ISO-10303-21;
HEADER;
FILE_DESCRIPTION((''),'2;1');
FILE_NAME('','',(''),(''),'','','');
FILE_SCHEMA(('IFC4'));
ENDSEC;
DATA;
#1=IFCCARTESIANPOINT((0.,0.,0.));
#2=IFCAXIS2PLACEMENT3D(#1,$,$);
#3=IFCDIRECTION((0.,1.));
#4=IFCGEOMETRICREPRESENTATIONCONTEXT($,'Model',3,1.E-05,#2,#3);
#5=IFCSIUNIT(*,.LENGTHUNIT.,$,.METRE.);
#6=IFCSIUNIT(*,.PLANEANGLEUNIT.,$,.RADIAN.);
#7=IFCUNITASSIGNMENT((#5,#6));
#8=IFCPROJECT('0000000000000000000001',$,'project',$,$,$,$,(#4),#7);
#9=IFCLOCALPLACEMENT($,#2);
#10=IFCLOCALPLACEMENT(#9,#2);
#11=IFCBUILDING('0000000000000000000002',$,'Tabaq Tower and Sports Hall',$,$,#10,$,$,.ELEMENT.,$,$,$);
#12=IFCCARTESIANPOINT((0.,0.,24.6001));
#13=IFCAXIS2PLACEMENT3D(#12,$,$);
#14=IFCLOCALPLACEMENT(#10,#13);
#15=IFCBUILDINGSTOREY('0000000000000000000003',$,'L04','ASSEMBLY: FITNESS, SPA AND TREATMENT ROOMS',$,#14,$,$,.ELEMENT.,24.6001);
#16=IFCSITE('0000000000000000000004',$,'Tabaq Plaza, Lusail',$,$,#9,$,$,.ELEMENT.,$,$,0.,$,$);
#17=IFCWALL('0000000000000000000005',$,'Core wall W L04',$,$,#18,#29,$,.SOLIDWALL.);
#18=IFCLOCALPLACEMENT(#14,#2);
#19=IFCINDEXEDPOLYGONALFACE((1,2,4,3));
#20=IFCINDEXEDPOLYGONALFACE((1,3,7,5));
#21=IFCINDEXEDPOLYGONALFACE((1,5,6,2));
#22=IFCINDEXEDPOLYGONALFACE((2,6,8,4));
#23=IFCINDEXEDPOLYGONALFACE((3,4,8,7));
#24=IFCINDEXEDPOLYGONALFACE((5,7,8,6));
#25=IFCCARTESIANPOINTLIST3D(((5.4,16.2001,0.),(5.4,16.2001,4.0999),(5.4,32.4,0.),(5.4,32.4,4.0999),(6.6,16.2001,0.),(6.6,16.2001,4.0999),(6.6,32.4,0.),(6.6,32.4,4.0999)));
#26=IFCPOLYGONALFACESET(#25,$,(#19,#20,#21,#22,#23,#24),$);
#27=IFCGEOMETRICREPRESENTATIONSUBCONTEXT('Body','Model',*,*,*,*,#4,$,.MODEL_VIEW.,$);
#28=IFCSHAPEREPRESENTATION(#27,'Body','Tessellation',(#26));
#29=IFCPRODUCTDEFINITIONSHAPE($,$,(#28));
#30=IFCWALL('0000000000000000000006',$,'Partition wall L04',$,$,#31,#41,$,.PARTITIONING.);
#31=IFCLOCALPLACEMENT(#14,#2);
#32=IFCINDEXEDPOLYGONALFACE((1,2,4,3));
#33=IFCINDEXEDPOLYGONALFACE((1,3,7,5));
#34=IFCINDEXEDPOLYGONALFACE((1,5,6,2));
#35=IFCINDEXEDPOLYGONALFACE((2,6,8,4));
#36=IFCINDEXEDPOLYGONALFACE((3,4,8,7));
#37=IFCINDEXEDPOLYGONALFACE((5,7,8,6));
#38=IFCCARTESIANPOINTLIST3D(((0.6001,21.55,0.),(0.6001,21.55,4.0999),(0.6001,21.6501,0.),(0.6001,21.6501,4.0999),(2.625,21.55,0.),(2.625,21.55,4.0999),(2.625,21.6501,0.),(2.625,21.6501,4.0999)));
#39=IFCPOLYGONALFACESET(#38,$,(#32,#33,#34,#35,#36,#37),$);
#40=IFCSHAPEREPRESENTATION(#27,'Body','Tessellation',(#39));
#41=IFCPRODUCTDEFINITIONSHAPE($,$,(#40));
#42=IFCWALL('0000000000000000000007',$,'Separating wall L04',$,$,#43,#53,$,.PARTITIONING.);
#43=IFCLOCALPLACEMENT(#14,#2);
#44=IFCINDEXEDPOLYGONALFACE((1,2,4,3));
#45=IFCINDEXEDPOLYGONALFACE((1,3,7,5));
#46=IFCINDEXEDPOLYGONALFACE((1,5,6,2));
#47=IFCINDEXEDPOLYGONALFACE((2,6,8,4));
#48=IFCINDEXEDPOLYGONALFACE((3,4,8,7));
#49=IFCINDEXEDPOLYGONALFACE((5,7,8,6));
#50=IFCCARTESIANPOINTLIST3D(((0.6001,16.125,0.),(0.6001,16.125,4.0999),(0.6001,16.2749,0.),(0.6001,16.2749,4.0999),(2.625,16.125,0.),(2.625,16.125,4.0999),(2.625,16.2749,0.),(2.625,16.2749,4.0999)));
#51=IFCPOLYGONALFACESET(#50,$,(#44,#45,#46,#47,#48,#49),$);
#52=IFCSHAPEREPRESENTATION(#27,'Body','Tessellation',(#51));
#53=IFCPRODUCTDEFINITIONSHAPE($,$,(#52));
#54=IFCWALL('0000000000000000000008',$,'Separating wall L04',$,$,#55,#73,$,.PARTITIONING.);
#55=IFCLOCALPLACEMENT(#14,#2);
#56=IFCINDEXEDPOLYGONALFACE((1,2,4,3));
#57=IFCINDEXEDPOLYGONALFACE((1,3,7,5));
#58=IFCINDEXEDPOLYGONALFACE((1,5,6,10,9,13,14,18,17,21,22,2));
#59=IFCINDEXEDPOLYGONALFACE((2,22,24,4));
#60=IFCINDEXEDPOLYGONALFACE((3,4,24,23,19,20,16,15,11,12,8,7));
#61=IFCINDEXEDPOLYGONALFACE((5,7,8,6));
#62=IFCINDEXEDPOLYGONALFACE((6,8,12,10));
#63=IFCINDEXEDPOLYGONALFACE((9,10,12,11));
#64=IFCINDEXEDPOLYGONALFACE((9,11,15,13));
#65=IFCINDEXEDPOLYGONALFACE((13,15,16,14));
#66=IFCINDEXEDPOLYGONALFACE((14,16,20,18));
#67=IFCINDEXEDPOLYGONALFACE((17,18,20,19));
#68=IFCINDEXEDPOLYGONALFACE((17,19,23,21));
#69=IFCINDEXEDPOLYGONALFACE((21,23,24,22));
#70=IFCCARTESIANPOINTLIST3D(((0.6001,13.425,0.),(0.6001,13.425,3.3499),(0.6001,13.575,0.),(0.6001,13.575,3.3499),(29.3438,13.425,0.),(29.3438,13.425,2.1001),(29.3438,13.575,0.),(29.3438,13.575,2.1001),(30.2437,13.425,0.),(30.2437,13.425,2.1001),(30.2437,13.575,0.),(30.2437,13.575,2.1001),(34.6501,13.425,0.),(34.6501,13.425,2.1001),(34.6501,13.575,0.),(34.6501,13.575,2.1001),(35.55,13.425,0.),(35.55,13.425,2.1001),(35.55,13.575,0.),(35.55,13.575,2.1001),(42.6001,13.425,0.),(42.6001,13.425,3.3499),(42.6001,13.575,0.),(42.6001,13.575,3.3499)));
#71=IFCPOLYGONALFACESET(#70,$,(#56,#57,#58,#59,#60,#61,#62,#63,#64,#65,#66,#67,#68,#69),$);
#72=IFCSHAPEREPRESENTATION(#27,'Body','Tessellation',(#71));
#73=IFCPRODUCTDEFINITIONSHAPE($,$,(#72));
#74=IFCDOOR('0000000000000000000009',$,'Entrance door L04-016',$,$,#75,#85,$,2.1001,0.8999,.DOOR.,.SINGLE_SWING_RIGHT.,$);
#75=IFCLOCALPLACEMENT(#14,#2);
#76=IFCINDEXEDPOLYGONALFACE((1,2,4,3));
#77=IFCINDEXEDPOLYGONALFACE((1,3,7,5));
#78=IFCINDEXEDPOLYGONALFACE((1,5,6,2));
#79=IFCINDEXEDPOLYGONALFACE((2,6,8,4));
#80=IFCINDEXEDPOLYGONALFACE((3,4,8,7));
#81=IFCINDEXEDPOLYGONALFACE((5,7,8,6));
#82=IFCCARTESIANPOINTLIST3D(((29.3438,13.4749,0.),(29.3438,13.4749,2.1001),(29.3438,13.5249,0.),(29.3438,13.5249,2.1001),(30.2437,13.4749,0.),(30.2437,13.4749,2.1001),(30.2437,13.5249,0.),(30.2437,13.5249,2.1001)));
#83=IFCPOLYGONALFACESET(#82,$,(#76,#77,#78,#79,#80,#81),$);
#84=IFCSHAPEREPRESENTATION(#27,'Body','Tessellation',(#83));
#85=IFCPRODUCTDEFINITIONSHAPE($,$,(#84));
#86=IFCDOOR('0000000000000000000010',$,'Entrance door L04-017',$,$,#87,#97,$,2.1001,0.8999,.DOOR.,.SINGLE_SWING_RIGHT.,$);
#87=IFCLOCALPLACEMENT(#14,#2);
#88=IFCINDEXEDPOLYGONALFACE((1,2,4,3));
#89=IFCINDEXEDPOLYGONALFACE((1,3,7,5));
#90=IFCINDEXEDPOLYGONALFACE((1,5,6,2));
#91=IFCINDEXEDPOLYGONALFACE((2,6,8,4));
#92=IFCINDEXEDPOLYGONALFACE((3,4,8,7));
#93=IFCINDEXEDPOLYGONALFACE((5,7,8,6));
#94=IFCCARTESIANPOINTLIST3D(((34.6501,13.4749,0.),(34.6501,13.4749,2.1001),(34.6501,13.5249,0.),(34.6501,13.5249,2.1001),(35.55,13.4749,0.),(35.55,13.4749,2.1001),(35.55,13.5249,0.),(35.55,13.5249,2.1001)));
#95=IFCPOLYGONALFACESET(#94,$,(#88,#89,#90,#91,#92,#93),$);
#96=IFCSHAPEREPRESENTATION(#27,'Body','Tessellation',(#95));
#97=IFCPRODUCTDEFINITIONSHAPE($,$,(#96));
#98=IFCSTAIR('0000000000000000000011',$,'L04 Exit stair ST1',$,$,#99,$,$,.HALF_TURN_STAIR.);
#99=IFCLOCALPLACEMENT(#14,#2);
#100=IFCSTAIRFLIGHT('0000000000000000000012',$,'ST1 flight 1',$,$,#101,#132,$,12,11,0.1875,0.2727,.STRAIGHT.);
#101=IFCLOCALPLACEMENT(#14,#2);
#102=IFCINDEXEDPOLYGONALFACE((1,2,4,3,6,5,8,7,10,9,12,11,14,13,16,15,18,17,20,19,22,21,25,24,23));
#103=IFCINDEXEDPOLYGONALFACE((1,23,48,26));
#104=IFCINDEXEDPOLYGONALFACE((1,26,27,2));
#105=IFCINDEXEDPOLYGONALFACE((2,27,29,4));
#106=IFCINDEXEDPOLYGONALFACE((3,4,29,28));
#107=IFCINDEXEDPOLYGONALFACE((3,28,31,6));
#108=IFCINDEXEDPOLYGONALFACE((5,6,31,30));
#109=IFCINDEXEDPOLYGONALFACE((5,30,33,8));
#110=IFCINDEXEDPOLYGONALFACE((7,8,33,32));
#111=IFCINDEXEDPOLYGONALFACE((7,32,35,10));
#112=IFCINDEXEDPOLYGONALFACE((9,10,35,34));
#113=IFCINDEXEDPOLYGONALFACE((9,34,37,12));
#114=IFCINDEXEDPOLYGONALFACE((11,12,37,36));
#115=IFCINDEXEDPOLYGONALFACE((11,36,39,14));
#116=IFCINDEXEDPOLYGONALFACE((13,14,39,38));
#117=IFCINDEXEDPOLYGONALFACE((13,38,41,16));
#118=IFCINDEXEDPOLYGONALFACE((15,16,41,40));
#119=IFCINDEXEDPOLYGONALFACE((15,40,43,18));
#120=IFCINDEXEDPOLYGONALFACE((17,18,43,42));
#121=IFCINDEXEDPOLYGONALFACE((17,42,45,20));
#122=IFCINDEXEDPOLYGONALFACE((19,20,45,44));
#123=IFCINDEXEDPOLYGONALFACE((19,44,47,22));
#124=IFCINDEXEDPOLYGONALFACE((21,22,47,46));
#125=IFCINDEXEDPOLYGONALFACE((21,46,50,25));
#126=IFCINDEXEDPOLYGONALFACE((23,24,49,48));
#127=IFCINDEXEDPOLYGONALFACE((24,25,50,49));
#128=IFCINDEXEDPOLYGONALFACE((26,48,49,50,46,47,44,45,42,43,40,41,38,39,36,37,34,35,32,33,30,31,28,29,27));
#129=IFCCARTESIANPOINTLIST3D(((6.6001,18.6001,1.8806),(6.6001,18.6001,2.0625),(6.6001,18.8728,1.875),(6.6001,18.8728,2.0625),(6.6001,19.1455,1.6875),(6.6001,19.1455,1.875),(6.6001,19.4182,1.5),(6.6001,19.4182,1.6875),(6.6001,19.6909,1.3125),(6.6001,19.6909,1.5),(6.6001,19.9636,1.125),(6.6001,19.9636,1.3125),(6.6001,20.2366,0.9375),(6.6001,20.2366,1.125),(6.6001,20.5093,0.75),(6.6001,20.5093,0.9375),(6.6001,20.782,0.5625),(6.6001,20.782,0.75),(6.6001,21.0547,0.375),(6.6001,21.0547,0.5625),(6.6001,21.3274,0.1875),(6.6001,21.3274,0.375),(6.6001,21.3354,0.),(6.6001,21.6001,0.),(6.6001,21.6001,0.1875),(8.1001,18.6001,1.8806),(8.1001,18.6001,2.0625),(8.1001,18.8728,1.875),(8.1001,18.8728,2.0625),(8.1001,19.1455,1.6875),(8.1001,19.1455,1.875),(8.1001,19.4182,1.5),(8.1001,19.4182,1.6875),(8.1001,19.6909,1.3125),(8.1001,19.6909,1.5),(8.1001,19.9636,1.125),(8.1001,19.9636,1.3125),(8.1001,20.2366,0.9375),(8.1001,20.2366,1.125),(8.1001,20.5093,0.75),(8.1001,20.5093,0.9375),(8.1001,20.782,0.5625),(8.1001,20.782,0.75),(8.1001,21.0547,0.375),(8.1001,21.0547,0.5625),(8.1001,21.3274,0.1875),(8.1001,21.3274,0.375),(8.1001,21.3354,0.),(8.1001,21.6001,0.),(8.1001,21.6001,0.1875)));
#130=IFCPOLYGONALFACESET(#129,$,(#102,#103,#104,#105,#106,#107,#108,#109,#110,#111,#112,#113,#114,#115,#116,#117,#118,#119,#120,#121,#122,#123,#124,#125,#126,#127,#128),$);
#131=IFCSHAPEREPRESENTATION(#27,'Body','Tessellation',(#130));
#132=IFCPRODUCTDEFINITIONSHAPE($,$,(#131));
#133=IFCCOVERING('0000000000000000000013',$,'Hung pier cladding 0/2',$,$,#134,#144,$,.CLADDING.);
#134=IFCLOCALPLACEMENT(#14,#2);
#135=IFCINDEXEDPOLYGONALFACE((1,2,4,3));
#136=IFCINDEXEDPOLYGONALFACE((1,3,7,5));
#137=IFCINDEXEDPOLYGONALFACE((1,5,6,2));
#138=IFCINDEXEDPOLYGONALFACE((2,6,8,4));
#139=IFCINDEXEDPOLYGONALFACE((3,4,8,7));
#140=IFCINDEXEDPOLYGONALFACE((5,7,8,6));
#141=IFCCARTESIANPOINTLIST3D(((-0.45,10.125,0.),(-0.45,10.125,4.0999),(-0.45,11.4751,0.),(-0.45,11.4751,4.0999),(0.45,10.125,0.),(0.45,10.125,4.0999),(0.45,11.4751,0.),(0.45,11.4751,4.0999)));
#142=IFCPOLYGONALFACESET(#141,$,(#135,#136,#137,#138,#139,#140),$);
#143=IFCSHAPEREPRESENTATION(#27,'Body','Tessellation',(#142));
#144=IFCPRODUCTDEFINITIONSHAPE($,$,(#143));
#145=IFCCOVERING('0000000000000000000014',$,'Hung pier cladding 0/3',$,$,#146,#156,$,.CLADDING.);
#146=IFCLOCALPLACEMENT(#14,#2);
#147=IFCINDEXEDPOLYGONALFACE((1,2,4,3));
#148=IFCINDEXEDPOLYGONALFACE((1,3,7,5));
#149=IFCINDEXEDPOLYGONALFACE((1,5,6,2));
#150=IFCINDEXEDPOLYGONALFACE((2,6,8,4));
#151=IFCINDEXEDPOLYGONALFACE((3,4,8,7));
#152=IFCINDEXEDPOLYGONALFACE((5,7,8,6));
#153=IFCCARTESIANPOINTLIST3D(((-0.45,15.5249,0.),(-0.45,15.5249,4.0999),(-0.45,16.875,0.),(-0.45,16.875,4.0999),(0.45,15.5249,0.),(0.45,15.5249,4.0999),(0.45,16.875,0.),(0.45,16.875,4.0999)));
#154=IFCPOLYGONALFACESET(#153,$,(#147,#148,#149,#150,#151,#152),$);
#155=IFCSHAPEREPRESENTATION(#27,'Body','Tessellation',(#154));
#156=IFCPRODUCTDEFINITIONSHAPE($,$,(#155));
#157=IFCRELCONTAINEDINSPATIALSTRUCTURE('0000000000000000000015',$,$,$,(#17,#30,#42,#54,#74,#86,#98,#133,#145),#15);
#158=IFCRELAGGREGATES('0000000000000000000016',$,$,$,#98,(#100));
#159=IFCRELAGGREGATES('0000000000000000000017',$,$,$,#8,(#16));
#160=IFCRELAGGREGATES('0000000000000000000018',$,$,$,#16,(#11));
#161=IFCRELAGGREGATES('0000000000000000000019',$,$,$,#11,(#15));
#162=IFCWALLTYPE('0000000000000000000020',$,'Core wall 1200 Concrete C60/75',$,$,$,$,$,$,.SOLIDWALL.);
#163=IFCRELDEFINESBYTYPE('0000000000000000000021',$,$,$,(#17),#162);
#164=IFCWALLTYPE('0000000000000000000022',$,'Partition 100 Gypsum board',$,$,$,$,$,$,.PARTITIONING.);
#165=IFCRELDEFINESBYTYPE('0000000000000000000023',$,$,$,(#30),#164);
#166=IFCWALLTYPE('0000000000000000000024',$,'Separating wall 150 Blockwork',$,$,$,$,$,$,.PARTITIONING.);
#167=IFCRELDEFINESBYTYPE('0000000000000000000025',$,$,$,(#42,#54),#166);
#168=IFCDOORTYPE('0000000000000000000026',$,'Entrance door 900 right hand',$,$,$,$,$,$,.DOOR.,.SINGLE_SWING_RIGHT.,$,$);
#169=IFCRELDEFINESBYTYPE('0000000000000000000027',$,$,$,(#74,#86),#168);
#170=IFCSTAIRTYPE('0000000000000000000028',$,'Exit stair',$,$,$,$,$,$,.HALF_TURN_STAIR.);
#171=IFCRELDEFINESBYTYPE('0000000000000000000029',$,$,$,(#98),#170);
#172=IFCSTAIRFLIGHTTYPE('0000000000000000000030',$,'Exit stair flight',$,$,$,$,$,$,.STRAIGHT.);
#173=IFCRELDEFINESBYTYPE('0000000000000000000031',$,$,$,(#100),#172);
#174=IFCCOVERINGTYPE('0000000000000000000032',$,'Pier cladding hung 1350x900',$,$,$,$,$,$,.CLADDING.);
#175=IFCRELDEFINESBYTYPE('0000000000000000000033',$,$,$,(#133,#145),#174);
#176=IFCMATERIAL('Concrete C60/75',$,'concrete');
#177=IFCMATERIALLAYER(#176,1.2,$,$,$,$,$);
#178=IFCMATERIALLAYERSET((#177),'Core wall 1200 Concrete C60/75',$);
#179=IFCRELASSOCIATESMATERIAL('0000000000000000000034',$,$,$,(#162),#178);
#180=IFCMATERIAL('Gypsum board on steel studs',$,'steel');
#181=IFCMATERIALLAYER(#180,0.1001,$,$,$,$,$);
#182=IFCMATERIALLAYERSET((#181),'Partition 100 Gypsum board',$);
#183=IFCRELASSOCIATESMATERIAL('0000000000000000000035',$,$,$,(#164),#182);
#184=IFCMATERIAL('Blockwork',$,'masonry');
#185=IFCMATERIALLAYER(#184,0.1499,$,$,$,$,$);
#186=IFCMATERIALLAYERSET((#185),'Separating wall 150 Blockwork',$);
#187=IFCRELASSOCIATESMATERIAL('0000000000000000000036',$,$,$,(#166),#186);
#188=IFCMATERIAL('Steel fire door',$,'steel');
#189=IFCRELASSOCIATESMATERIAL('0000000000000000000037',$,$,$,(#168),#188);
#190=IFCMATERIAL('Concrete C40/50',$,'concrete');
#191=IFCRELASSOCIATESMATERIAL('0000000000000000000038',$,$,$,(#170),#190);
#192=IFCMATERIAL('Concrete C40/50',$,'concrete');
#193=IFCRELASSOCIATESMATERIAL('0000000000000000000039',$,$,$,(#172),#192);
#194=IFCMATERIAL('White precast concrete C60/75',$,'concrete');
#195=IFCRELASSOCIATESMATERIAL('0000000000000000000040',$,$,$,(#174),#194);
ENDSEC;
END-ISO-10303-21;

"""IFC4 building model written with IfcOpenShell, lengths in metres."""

from ifc_helpers import new_model, si_unit, direction, frame, frame_2d, origin, place, context, subcontext, project, spatial, polyline, rectangle, outline, extrude, material, layer, layer_set, type_object, element, fill, aggregate, save


model = new_model("IFC4")

# Units and contexts
model_context = context("Model", 3, precision=1e-05, world=origin(), true_north=direction((0.0, 1.0)))
body_context = subcontext(model_context, "Body", "Model", "MODEL_VIEW")
ifc_project = project(units=[si_unit("LENGTHUNIT", "METRE"), si_unit("PLANEANGLEUNIT", "RADIAN")], contexts=[model_context])

# Site, building, storey
site_placement = place(None, origin())
site = spatial("IfcSite", under=ifc_project, at=site_placement, Name="Tabaq Plaza, Lusail", CompositionType="ELEMENT", RefElevation=0.0)
building_placement = place(site_placement, origin())
building = spatial("IfcBuilding", under=site, at=building_placement, Name="Tabaq Tower and Sports Hall", CompositionType="ELEMENT")
storey_placement = place(building_placement, frame((0.0, 0.0, 24.6001)))
storey = spatial("IfcBuildingStorey", under=building, at=storey_placement, Name="L04", Description="ASSEMBLY: FITNESS, SPA AND TREATMENT ROOMS", CompositionType="ELEMENT", Elevation=24.6001)

# Walls
ifc_material_1 = material(Name="Concrete C60/75", Category="concrete")
ifc_layer_1 = layer(ifc_material_1, 1.2)
ifc_layer_set_1 = layer_set([ifc_layer_1], Name="Core wall 1200 Concrete C60/75")
wall_type_1 = type_object("IfcWallType", Name="Core wall 1200 Concrete C60/75", PredefinedType="SOLIDWALL", material=ifc_layer_set_1)
wall_1_placement = place(storey_placement, frame((6.0, 16.2, 0.0), z_axis=(0.0, 0.0, 1.0), x_axis=(0.0, 1.0, 0.0)))
element("IfcWall", 1, at=wall_1_placement, inside=storey, type_object=wall_type_1, Name="Core wall W L04", PredefinedType="SOLIDWALL", context=body_context, shape_type="SweptSolid", body=[
    extrude(rectangle(XDim=16.2, YDim=1.2, at=frame_2d((8.1001, 0.0))), origin(), (0.0, 0.0, 1.0), 4.0999),
])
ifc_material_2 = material(Name="Gypsum board on steel studs", Category="steel")
ifc_layer_2 = layer(ifc_material_2, 0.1001)
ifc_layer_set_2 = layer_set([ifc_layer_2], Name="Partition 100 Gypsum board")
wall_type_2 = type_object("IfcWallType", Name="Partition 100 Gypsum board", PredefinedType="PARTITIONING", material=ifc_layer_set_2)
wall_2_placement = place(storey_placement, frame((2.625, 21.6001, 0.0), z_axis=(0.0, 0.0, 1.0), x_axis=(-1.0, 0.0, 0.0)))
element("IfcWall", 2, at=wall_2_placement, inside=storey, type_object=wall_type_2, Name="Partition wall L04", PredefinedType="PARTITIONING", context=body_context, shape_type="SweptSolid", body=[
    extrude(rectangle(XDim=2.0249, YDim=0.1001, at=frame_2d((1.0125, 0.0))), origin(), (0.0, 0.0, 1.0), 4.0999),
])
ifc_material_3 = material(Name="Blockwork", Category="masonry")
ifc_layer_3 = layer(ifc_material_3, 0.1499)
ifc_layer_set_3 = layer_set([ifc_layer_3], Name="Separating wall 150 Blockwork")
wall_type_3 = type_object("IfcWallType", Name="Separating wall 150 Blockwork", PredefinedType="PARTITIONING", material=ifc_layer_set_3)
wall_3_placement = place(storey_placement, frame((2.625, 16.2, 0.0), z_axis=(0.0, 0.0, 1.0), x_axis=(-1.0, 0.0, 0.0)))
element("IfcWall", 3, at=wall_3_placement, inside=storey, type_object=wall_type_3, Name="Separating wall L04", PredefinedType="PARTITIONING", context=body_context, shape_type="SweptSolid", body=[
    extrude(rectangle(XDim=2.0249, YDim=0.1499, at=frame_2d((1.0125, 0.0))), origin(), (0.0, 0.0, 1.0), 4.0999),
])

# Wall, openings, doors
wall_4_placement = place(storey_placement, frame((0.6001, 13.5, 0.0), z_axis=(0.0, 0.0, 1.0), x_axis=(1.0, 0.0, 0.0)))
wall_4 = element("IfcWall", 4, at=wall_4_placement, inside=storey, type_object=wall_type_3, Name="Separating wall L04", PredefinedType="PARTITIONING", context=body_context, shape_type="SweptSolid", body=[
    extrude(rectangle(XDim=42.0, YDim=0.1499, at=frame_2d((21.0, 0.0))), origin(), (0.0, 0.0, 1.0), 3.3499),
])
opening_1_placement = place(wall_4_placement, frame((28.7437, 0.0, 0.0)))
opening_1 = element("IfcOpeningElement", 5, at=opening_1_placement, cuts=wall_4, PredefinedType="OPENING", context=body_context, shape_type="SweptSolid", body=[
    extrude(rectangle(XDim=0.8999, YDim=2.1001, at=frame_2d((0.45, 1.05))), frame((0.0, 0.075, 0.0), z_axis=(0.0, -1.0, 0.0), x_axis=(1.0, 0.0, 0.0)), (0.0, 0.0, 1.0), 0.1499),
])
opening_2_placement = place(wall_4_placement, frame((34.05, 0.0, 0.0)))
opening_2 = element("IfcOpeningElement", 6, at=opening_2_placement, cuts=wall_4, PredefinedType="OPENING", context=body_context, shape_type="SweptSolid", body=[
    extrude(rectangle(XDim=0.8999, YDim=2.1001, at=frame_2d((0.45, 1.05))), frame((0.0, 0.075, 0.0), z_axis=(0.0, -1.0, 0.0), x_axis=(1.0, 0.0, 0.0)), (0.0, 0.0, 1.0), 0.1499),
])
ifc_material_4 = material(Name="Steel fire door", Category="steel")
door_type = type_object("IfcDoorType", Name="Entrance door 900 right hand", OperationType="SINGLE_SWING_RIGHT", PredefinedType="DOOR", material=ifc_material_4)
door_1_placement = place(opening_1_placement, origin())
door_1 = element("IfcDoor", 7, at=door_1_placement, inside=storey, type_object=door_type, Name="Entrance door L04-016", OperationType="SINGLE_SWING_RIGHT", OverallHeight=2.1001, OverallWidth=0.8999, PredefinedType="DOOR", context=body_context, shape_type="SweptSolid", body=[
    extrude(rectangle(XDim=0.8999, YDim=2.1001, at=frame_2d((0.45, 1.05))), frame((0.0, 0.0249, 0.0), z_axis=(0.0, -1.0, 0.0), x_axis=(1.0, 0.0, 0.0)), (0.0, 0.0, 1.0), 0.05),
])
fill(opening_1, door_1)
door_2_placement = place(opening_2_placement, origin())
door_2 = element("IfcDoor", 8, at=door_2_placement, inside=storey, type_object=door_type, Name="Entrance door L04-017", OperationType="SINGLE_SWING_RIGHT", OverallHeight=2.1001, OverallWidth=0.8999, PredefinedType="DOOR", context=body_context, shape_type="SweptSolid", body=[
    extrude(rectangle(XDim=0.8999, YDim=2.1001, at=frame_2d((0.45, 1.05))), frame((0.0, 0.0249, 0.0), z_axis=(0.0, -1.0, 0.0), x_axis=(1.0, 0.0, 0.0)), (0.0, 0.0, 1.0), 0.05),
])
fill(opening_2, door_2)

# Stair, stair flight
ifc_material_5 = material(Name="Concrete C40/50", Category="concrete")
stair_type = type_object("IfcStairType", Name="Exit stair", PredefinedType="HALF_TURN_STAIR", material=ifc_material_5)
stair_placement = place(storey_placement, origin())
stair = element("IfcStair", 9, at=stair_placement, inside=storey, type_object=stair_type, Name="L04 Exit stair ST1", PredefinedType="HALF_TURN_STAIR")
ifc_material_6 = material(Name="Concrete C40/50", Category="concrete")
stair_flight_type = type_object("IfcStairFlightType", Name="Exit stair flight", PredefinedType="STRAIGHT", material=ifc_material_6)
stair_flight_placement = place(storey_placement, frame((7.3501, 21.6001, 0.0), z_axis=(0.0, 0.0, 1.0), x_axis=(0.0, -1.0, 0.0)))
stair_flight = element("IfcStairFlight", 10, at=stair_flight_placement, type_object=stair_flight_type, Name="ST1 flight 1", NumberOfRisers=12, NumberOfTreads=11, PredefinedType="STRAIGHT", RiserHeight=0.1875, TreadLength=0.2727, context=body_context, shape_type="SweptSolid", body=[
    extrude(outline(polyline([(0.0, 0.0), (0.0, 0.1875), (0.2727, 0.1875), (0.2727, 0.375), (0.5454, 0.375), (0.5454, 0.5625), (0.8181, 0.5625), (0.8181, 0.75), (1.0908, 0.75), (1.0908, 0.9375), (1.3635, 0.9375), (1.3635, 1.125), (1.6365, 1.125), (1.6365, 1.3125), (1.9092, 1.3125), (1.9092, 1.5), (2.1819, 1.5), (2.1819, 1.6875), (2.4546, 1.6875), (2.4546, 1.875), (2.7273, 1.875), (2.7273, 2.0625), (3.0, 2.0625), (3.0, 2.25), (3.0, 1.8806), (0.2646, 0.0), (0.0, 0.0)])), frame((0.0, 0.75, 0.0), z_axis=(0.0, -1.0, 0.0), x_axis=(1.0, 0.0, 0.0)), (0.0, 0.0, 1.0), 1.5),
])
aggregate(stair, [stair_flight])

# Coverings
ifc_material_7 = material(Name="White precast concrete C60/75", Category="concrete")
covering_type = type_object("IfcCoveringType", Name="Pier cladding hung 1350x900", PredefinedType="CLADDING", material=ifc_material_7)
for number, where, z_axis, x_axis, name in (
    (11, (0.0, 11.4751, 0.0), (0.0, 0.0, 1.0), (0.0, -1.0, 0.0), "Hung pier cladding 0/2"),
    (12, (0.0, 16.875, 0.0), (0.0, 0.0, 1.0), (0.0, -1.0, 0.0), "Hung pier cladding 0/3"),
):
    element("IfcCovering", number, at=place(storey_placement, frame(where, z_axis=z_axis, x_axis=x_axis)), inside=storey, type_object=covering_type, Name=name, PredefinedType="CLADDING", context=body_context, shape_type="SweptSolid", body=[
        extrude(rectangle(XDim=1.3501, YDim=0.8999, at=frame_2d((0.675, 0.0))), origin(), (0.0, 0.0, 1.0), 4.0999),
    ])

save(model, "model.ifc")
